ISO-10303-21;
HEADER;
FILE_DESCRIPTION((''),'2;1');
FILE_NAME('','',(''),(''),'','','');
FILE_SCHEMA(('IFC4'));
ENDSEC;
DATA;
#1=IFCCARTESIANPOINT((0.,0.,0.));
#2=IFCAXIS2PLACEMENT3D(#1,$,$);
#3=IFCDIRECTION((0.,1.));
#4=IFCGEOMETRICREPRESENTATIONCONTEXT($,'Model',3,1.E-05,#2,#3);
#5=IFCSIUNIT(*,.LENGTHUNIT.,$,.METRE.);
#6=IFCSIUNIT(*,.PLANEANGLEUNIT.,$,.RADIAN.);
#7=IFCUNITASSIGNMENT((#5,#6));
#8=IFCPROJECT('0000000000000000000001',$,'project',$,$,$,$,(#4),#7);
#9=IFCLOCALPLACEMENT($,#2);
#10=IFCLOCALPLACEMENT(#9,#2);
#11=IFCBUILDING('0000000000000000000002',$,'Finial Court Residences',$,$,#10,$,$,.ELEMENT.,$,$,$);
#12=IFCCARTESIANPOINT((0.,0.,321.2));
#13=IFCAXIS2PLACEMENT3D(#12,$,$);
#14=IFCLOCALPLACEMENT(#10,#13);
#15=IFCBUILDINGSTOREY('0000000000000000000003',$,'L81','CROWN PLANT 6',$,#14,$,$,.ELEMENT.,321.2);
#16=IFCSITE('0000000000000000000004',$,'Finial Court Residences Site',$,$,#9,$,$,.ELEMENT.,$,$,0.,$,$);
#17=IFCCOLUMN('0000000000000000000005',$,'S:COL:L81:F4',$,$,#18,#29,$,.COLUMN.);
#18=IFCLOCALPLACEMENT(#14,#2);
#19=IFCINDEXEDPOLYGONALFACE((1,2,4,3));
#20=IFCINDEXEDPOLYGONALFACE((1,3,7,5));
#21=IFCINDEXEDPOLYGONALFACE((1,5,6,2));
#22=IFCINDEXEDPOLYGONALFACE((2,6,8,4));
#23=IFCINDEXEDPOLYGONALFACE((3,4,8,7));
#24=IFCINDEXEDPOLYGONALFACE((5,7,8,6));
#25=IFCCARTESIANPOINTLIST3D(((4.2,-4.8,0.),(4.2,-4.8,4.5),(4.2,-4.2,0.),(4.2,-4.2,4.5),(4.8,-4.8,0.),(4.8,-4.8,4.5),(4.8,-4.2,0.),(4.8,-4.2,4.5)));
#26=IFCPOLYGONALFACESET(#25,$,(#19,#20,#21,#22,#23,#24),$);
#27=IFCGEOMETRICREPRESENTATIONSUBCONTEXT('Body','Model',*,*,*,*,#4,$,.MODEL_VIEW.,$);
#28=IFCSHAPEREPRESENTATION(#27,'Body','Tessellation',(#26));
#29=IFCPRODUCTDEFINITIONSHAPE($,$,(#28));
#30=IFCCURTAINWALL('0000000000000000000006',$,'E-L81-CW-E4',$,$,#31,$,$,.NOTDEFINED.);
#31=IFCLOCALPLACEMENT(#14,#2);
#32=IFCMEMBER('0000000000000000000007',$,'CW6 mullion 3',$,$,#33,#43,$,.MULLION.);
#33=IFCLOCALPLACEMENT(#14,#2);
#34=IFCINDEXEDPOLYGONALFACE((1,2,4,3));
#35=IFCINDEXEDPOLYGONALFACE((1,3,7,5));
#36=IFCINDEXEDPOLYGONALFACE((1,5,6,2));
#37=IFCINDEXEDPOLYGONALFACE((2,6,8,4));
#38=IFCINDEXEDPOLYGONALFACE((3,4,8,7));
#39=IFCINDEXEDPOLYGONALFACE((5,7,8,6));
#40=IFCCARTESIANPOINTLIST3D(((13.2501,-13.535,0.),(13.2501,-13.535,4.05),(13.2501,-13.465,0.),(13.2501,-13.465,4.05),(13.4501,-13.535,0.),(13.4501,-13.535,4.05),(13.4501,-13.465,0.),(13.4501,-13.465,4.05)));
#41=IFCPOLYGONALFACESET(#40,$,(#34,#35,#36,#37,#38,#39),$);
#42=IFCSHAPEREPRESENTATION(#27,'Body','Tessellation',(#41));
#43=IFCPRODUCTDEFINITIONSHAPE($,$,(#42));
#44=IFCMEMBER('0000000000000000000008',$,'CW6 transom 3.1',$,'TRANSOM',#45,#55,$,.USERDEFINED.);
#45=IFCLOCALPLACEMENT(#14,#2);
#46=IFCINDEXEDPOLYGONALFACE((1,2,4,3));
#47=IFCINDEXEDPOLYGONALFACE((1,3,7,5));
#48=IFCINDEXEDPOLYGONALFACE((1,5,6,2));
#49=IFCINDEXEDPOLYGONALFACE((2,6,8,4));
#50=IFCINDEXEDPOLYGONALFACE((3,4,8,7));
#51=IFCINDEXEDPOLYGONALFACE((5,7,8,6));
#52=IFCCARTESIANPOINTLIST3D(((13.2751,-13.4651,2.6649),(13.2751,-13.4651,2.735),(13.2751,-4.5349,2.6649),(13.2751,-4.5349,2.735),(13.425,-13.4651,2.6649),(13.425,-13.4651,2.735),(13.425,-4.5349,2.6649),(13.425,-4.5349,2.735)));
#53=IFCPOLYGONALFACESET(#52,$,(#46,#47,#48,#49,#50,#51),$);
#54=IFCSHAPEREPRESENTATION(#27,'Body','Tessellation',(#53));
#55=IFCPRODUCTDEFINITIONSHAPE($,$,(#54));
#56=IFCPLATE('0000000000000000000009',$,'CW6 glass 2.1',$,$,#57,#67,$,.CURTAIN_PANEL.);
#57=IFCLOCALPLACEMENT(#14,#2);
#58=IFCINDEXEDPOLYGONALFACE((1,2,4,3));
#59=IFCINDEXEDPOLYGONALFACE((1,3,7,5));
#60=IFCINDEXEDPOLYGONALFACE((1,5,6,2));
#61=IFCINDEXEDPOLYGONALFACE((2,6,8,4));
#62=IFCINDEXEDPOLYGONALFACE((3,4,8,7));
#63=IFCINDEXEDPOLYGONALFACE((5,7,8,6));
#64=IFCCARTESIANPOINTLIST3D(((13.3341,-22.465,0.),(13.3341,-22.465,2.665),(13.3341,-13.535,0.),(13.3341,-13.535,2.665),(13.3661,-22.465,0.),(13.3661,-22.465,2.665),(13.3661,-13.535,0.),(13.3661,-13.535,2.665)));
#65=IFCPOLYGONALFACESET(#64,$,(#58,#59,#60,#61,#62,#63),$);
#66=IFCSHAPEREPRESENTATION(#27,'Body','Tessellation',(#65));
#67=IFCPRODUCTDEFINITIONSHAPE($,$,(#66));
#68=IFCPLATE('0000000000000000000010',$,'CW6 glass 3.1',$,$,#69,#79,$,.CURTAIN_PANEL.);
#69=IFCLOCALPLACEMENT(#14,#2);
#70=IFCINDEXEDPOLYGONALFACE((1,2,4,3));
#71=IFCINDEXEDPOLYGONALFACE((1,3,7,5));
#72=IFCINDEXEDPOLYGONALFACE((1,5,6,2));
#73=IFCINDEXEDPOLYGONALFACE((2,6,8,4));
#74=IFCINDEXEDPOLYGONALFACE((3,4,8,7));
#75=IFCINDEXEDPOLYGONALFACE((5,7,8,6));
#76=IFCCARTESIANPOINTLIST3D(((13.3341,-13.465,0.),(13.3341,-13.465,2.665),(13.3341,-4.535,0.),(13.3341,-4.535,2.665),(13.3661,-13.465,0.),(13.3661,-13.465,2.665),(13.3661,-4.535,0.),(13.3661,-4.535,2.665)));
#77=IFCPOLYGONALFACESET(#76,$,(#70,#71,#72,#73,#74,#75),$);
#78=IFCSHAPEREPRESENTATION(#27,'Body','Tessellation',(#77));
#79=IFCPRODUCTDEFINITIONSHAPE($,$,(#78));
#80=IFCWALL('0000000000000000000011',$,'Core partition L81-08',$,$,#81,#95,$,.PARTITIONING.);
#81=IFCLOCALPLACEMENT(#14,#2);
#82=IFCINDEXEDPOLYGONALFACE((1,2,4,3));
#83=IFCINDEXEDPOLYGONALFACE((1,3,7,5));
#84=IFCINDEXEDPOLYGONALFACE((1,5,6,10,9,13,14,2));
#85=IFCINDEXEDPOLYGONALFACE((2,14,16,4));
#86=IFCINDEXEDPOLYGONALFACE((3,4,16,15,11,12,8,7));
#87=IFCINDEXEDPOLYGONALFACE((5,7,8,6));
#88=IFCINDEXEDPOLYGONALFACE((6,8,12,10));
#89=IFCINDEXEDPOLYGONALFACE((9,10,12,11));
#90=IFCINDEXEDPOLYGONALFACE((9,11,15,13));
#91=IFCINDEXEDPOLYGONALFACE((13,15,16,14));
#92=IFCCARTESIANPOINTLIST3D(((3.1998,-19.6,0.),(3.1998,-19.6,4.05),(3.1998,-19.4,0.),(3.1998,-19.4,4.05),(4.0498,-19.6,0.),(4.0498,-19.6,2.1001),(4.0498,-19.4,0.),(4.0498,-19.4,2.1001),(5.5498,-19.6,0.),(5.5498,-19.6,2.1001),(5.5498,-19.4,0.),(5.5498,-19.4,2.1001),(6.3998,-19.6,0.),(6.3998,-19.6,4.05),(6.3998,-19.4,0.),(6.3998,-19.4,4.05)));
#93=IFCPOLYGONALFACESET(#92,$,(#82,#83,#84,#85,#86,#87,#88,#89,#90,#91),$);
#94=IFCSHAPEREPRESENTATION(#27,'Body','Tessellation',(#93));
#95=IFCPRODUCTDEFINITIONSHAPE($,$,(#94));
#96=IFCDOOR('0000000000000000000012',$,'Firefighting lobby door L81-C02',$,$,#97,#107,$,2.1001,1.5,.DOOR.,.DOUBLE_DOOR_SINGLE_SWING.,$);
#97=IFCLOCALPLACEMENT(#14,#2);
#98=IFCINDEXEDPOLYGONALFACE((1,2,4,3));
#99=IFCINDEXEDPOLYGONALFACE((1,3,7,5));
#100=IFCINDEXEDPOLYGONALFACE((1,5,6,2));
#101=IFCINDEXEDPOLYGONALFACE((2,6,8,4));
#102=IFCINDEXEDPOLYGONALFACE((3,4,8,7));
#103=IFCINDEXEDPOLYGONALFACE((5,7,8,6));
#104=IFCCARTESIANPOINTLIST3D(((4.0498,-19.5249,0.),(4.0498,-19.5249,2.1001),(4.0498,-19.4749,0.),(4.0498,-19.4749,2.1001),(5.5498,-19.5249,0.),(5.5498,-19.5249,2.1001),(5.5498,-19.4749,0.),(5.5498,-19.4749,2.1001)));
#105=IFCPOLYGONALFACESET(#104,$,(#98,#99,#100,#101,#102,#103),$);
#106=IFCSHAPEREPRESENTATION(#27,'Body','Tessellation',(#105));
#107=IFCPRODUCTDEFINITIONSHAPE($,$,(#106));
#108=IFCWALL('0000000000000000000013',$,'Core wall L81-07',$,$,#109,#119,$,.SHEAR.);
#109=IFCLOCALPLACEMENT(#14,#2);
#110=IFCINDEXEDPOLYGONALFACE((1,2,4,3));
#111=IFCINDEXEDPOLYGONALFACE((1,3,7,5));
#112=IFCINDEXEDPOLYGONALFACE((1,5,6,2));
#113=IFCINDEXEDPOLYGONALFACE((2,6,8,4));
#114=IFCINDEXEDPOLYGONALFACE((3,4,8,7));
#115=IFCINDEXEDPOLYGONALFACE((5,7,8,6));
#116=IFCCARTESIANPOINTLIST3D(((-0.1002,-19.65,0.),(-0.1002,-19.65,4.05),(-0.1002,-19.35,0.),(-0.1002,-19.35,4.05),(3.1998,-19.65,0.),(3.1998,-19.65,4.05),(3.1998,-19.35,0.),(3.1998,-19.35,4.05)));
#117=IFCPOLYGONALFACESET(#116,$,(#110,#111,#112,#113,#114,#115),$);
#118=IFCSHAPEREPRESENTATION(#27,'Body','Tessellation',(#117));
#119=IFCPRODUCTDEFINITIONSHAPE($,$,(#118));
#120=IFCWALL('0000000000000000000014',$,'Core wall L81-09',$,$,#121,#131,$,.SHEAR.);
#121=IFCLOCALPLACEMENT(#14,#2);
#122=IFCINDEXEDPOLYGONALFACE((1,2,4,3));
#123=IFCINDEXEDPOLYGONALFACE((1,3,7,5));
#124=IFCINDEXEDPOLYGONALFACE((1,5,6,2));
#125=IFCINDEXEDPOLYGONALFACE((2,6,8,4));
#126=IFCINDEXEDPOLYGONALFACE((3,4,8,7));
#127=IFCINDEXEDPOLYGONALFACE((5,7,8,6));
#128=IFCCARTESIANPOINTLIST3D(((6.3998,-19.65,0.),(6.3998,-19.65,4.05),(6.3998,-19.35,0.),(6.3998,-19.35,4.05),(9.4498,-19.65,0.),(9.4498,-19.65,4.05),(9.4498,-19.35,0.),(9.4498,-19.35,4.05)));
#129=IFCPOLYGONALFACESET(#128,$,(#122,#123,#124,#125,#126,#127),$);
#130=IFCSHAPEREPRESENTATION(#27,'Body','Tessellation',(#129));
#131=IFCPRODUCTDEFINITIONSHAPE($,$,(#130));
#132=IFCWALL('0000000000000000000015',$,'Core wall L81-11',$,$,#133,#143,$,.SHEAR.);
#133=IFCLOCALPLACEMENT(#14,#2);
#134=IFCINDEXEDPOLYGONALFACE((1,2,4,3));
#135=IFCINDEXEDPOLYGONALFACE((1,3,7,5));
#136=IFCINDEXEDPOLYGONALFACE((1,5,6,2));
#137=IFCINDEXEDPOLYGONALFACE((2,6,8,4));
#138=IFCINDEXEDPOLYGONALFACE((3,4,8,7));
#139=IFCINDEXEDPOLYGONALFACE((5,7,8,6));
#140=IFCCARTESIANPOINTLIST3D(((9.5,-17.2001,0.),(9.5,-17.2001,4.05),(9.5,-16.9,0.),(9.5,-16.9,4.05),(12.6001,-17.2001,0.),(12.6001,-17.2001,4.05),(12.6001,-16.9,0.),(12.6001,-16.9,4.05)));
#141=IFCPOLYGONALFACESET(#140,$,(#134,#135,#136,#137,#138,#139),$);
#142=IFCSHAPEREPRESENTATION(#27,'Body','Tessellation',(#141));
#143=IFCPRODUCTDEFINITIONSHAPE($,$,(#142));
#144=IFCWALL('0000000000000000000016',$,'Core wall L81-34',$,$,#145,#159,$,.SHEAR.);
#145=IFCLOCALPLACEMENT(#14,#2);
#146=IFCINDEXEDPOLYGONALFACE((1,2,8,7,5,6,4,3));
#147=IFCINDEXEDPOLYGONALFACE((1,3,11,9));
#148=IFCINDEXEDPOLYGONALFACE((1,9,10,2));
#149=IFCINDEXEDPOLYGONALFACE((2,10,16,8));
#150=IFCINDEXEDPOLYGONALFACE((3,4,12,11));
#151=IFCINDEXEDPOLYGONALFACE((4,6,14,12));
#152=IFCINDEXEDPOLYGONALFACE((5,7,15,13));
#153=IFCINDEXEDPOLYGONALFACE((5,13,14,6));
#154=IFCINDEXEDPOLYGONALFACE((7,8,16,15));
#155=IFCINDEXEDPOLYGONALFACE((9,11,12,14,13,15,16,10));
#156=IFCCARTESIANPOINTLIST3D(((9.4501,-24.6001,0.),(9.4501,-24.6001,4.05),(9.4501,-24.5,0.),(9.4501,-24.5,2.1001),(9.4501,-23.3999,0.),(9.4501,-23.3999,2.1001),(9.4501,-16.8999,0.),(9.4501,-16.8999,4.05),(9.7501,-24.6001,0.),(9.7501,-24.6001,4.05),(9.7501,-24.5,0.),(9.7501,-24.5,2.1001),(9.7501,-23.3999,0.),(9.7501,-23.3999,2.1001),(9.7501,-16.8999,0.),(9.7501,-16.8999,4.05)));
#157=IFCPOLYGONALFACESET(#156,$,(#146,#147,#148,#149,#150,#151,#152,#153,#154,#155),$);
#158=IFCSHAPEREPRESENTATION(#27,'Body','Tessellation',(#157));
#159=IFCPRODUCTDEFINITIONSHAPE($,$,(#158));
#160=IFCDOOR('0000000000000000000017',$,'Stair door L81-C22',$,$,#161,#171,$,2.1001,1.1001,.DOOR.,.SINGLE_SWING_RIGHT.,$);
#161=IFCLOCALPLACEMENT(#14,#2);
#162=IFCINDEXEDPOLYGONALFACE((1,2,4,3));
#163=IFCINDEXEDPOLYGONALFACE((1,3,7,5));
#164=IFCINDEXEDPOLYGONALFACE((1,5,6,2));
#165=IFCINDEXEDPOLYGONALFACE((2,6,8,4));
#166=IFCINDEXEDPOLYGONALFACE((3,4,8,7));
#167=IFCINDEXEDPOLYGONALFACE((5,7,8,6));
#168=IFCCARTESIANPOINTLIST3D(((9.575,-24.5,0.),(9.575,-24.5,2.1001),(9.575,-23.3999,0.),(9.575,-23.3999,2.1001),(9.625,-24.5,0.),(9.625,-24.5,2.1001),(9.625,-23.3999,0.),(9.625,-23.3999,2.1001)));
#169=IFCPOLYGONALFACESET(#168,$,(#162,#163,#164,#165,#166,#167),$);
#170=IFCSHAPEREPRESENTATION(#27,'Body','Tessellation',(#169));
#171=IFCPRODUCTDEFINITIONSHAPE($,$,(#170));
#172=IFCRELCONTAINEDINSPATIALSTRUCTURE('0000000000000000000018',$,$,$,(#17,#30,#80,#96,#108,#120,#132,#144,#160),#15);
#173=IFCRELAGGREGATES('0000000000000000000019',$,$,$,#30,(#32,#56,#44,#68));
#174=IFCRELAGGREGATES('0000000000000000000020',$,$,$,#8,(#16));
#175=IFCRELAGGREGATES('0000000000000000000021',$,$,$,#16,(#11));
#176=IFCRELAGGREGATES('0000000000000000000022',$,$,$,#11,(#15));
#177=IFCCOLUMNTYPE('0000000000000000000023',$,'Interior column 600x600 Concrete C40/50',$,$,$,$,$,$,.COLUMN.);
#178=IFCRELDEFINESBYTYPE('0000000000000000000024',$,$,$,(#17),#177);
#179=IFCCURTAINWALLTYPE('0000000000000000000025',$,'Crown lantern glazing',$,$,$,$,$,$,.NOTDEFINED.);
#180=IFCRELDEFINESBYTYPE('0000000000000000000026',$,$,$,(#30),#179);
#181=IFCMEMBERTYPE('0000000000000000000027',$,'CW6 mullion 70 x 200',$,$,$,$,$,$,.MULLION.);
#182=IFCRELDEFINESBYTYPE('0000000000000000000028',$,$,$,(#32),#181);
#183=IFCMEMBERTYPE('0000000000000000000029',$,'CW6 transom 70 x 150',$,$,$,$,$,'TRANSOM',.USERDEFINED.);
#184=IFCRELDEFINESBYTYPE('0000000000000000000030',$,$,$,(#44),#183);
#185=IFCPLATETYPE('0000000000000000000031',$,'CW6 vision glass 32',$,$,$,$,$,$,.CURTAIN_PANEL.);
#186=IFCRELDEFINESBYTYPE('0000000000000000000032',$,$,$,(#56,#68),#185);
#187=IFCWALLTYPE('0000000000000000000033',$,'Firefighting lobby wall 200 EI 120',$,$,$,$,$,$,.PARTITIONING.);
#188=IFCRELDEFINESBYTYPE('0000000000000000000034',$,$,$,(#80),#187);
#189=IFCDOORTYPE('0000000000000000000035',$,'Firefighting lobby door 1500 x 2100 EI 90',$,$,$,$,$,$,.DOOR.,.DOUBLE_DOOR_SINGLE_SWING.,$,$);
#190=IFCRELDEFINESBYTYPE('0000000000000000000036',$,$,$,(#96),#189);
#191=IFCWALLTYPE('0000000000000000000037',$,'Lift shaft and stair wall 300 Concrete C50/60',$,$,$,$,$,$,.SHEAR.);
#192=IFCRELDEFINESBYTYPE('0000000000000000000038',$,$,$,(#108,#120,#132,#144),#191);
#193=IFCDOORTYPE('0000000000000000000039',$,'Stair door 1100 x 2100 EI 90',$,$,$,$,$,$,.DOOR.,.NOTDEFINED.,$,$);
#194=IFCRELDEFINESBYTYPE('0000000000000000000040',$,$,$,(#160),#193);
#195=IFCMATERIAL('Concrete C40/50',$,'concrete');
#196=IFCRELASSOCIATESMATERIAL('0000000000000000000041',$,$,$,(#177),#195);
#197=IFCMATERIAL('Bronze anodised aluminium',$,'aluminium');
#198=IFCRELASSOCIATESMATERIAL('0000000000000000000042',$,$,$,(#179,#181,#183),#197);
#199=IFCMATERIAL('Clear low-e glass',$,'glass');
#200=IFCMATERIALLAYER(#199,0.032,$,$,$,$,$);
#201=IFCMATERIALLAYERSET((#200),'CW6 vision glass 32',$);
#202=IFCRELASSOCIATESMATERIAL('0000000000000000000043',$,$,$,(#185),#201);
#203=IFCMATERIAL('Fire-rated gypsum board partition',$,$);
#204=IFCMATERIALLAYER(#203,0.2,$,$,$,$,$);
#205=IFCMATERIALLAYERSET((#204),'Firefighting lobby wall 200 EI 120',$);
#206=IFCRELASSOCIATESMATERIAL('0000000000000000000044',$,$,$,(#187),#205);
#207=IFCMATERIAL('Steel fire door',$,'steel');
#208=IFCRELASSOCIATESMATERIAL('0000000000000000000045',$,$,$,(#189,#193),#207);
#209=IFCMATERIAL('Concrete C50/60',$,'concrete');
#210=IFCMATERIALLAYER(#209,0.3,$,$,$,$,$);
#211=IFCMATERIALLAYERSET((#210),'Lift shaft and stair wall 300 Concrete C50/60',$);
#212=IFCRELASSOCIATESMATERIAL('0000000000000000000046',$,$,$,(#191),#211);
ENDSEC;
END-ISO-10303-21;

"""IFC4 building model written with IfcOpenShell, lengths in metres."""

from ifc_helpers import new_model, si_unit, direction, frame, frame_2d, origin, origin_2d, place, context, subcontext, project, spatial, rectangle, extrude, material, layer, layer_set, material_profile, profile_set, type_object, element, fill, aggregate, save


model = new_model("IFC4")

# Units and contexts
model_context = context("Model", 3, precision=1e-05, world=origin(), true_north=direction((0.0, 1.0)))
body_context = subcontext(model_context, "Body", "Model", "MODEL_VIEW")
ifc_project = project(units=[si_unit("LENGTHUNIT", "METRE"), si_unit("PLANEANGLEUNIT", "RADIAN")], contexts=[model_context])

# Site, building, storey
site_placement = place(None, origin())
site = spatial("IfcSite", under=ifc_project, at=site_placement, Name="Finial Court Residences Site", CompositionType="ELEMENT", RefElevation=0.0)
building_placement = place(site_placement, origin())
building = spatial("IfcBuilding", under=site, at=building_placement, Name="Finial Court Residences", CompositionType="ELEMENT")
storey_placement = place(building_placement, frame((0.0, 0.0, 321.2)))
storey = spatial("IfcBuildingStorey", under=building, at=storey_placement, Name="L81", Description="CROWN PLANT 6", CompositionType="ELEMENT", Elevation=321.2)

# Column
ifc_material_1 = material(Name="Concrete C40/50", Category="concrete")
ifc_material_profile_1 = material_profile(ifc_material_1, rectangle(XDim=0.6001, YDim=0.6001, at=origin_2d()), Name="600x600")
ifc_profile_set_1 = profile_set([ifc_material_profile_1], Name="Concrete C40/50")
column_type = type_object("IfcColumnType", Name="Interior column 600x600 Concrete C40/50", PredefinedType="COLUMN", material=ifc_profile_set_1)
column_placement = place(storey_placement, frame((4.5, -4.5, 0.0), z_axis=(0.0, 0.0, 1.0), x_axis=(1.0, 0.0, 0.0)))
element("IfcColumn", 1, at=column_placement, inside=storey, type_object=column_type, Name="S:COL:L81:F4", PredefinedType="COLUMN", context=body_context, shape_type="SweptSolid", body=[
    extrude(rectangle(XDim=0.6001, YDim=0.6001, at=origin_2d()), origin(), (0.0, 0.0, 1.0), 4.5),
])

# Curtain wall, members, plates
ifc_material_2 = material(Name="Bronze anodised aluminium", Category="aluminium")
curtain_wall_type = type_object("IfcCurtainWallType", Name="Crown lantern glazing", PredefinedType="NOTDEFINED", material=ifc_material_2)
curtain_wall_placement = place(storey_placement, origin())
curtain_wall = element("IfcCurtainWall", 2, at=curtain_wall_placement, inside=storey, type_object=curtain_wall_type, Name="E-L81-CW-E4", PredefinedType="NOTDEFINED")
ifc_material_profile_2 = material_profile(ifc_material_2, rectangle(XDim=0.2, YDim=0.0701, at=origin_2d()), Name="CW6 mullion 70 x 200")
ifc_profile_set_2 = profile_set([ifc_material_profile_2], Name="Bronze anodised aluminium")
member_type_1 = type_object("IfcMemberType", Name="CW6 mullion 70 x 200", PredefinedType="MULLION", material=ifc_profile_set_2)
member_1_placement = place(storey_placement, frame((13.3501, -13.5, 0.0), z_axis=(0.0, 0.0, 1.0), x_axis=(-1.0, 0.0, 0.0)))
member_1 = element("IfcMember", 3, at=member_1_placement, type_object=member_type_1, Name="CW6 mullion 3", PredefinedType="MULLION", context=body_context, shape_type="SweptSolid", body=[
    extrude(rectangle(XDim=0.2, YDim=0.0701, at=origin_2d()), origin(), (0.0, 0.0, 1.0), 4.05),
])
ifc_material_profile_3 = material_profile(ifc_material_2, rectangle(XDim=0.1499, YDim=0.0701, at=origin_2d()), Name="CW6 transom 70 x 150")
ifc_profile_set_3 = profile_set([ifc_material_profile_3], Name="Bronze anodised aluminium")
member_type_2 = type_object("IfcMemberType", Name="CW6 transom 70 x 150", ElementType="TRANSOM", PredefinedType="USERDEFINED", material=ifc_profile_set_3)
member_2_placement = place(storey_placement, frame((13.3501, -13.4651, 2.7), z_axis=(0.0, 1.0, 0.0), x_axis=(-1.0, 0.0, 0.0)))
member_2 = element("IfcMember", 4, at=member_2_placement, type_object=member_type_2, Name="CW6 transom 3.1", ObjectType="TRANSOM", PredefinedType="USERDEFINED", context=body_context, shape_type="SweptSolid", body=[
    extrude(rectangle(XDim=0.1499, YDim=0.0701, at=origin_2d()), origin(), (0.0, 0.0, 1.0), 8.9302),
])
ifc_material_3 = material(Name="Clear low-e glass", Category="glass")
ifc_layer_1 = layer(ifc_material_3, 0.032)
ifc_layer_set_1 = layer_set([ifc_layer_1], Name="CW6 vision glass 32")
plate_type = type_object("IfcPlateType", Name="CW6 vision glass 32", PredefinedType="CURTAIN_PANEL", material=ifc_layer_set_1)
plate_1_placement = place(storey_placement, frame((13.3501, -18.0, 0.0), z_axis=(0.0, 0.0, 1.0), x_axis=(0.0, 1.0, 0.0)))
plate_1 = element("IfcPlate", 5, at=plate_1_placement, type_object=plate_type, Name="CW6 glass 2.1", PredefinedType="CURTAIN_PANEL", context=body_context, shape_type="SweptSolid", body=[
    extrude(rectangle(XDim=8.9299, YDim=0.032, at=origin_2d()), origin(), (0.0, 0.0, 1.0), 2.665),
])
plate_2_placement = place(storey_placement, frame((13.3501, -9.0, 0.0), z_axis=(0.0, 0.0, 1.0), x_axis=(0.0, 1.0, 0.0)))
plate_2 = element("IfcPlate", 6, at=plate_2_placement, type_object=plate_type, Name="CW6 glass 3.1", PredefinedType="CURTAIN_PANEL", context=body_context, shape_type="SweptSolid", body=[
    extrude(rectangle(XDim=8.9299, YDim=0.032, at=origin_2d()), origin(), (0.0, 0.0, 1.0), 2.665),
])

# Wall, opening, door
ifc_material_4 = material(Name="Fire-rated gypsum board partition")
ifc_layer_2 = layer(ifc_material_4, 0.2)
ifc_layer_set_2 = layer_set([ifc_layer_2], Name="Firefighting lobby wall 200 EI 120")
wall_type_1 = type_object("IfcWallType", Name="Firefighting lobby wall 200 EI 120", PredefinedType="PARTITIONING", material=ifc_layer_set_2)
wall_1_placement = place(storey_placement, frame((6.3999, -19.5, 0.0), z_axis=(0.0, 0.0, 1.0), x_axis=(-1.0, 0.0, 0.0)))
wall_1 = element("IfcWall", 7, at=wall_1_placement, inside=storey, type_object=wall_type_1, Name="Core partition L81-08", PredefinedType="PARTITIONING", context=body_context, shape_type="SweptSolid", body=[
    extrude(rectangle(XDim=3.2, YDim=0.2, at=frame_2d((1.6001, 0.0))), origin(), (0.0, 0.0, 1.0), 4.05),
])
opening_1_placement = place(wall_1_placement, frame((0.8501, 0.0, 0.0)))
opening_1 = element("IfcOpeningElement", 8, at=opening_1_placement, cuts=wall_1, PredefinedType="OPENING", context=body_context, shape_type="SweptSolid", body=[
    extrude(rectangle(XDim=1.5, YDim=2.1001, at=frame_2d((0.75, 1.05))), frame((0.0, 0.1099, 0.0), z_axis=(0.0, -1.0, 0.0), x_axis=(1.0, 0.0, 0.0)), (0.0, 0.0, 1.0), 0.22),
])
ifc_material_5 = material(Name="Steel fire door", Category="steel")
door_type_1 = type_object("IfcDoorType", Name="Firefighting lobby door 1500 x 2100 EI 90", OperationType="DOUBLE_DOOR_SINGLE_SWING", PredefinedType="DOOR", material=ifc_material_5)
door_1_placement = place(opening_1_placement, origin())
door_1 = element("IfcDoor", 9, at=door_1_placement, inside=storey, type_object=door_type_1, Name="Firefighting lobby door L81-C02", OperationType="DOUBLE_DOOR_SINGLE_SWING", OverallHeight=2.1001, OverallWidth=1.5, PredefinedType="DOOR", context=body_context, shape_type="SweptSolid", body=[
    extrude(rectangle(XDim=1.5, YDim=2.1001, at=frame_2d((0.75, 1.05))), frame((0.0, 0.0249, 0.0), z_axis=(0.0, -1.0, 0.0), x_axis=(1.0, 0.0, 0.0)), (0.0, 0.0, 1.0), 0.05),
])
fill(opening_1, door_1)

# Walls
ifc_material_6 = material(Name="Concrete C50/60", Category="concrete")
ifc_layer_3 = layer(ifc_material_6, 0.3)
ifc_layer_set_3 = layer_set([ifc_layer_3], Name="Lift shaft and stair wall 300 Concrete C50/60")
wall_type_2 = type_object("IfcWallType", Name="Lift shaft and stair wall 300 Concrete C50/60", PredefinedType="SHEAR", material=ifc_layer_set_3)
wall_2_placement = place(storey_placement, frame((-0.1001, -19.5, 0.0), z_axis=(0.0, 0.0, 1.0), x_axis=(1.0, 0.0, 0.0)))
element("IfcWall", 10, at=wall_2_placement, inside=storey, type_object=wall_type_2, Name="Core wall L81-07", PredefinedType="SHEAR", context=body_context, shape_type="SweptSolid", body=[
    extrude(rectangle(XDim=3.3, YDim=0.3, at=frame_2d((1.6499, 0.0))), origin(), (0.0, 0.0, 1.0), 4.05),
])
wall_3_placement = place(storey_placement, frame((6.3999, -19.5, 0.0), z_axis=(0.0, 0.0, 1.0), x_axis=(1.0, 0.0, 0.0)))
element("IfcWall", 11, at=wall_3_placement, inside=storey, type_object=wall_type_2, Name="Core wall L81-09", PredefinedType="SHEAR", context=body_context, shape_type="SweptSolid", body=[
    extrude(rectangle(XDim=3.05, YDim=0.3, at=frame_2d((1.5249, 0.0))), origin(), (0.0, 0.0, 1.0), 4.05),
])
wall_4_placement = place(storey_placement, frame((9.5, -17.05, 0.0), z_axis=(0.0, 0.0, 1.0), x_axis=(1.0, 0.0, 0.0)))
element("IfcWall", 12, at=wall_4_placement, inside=storey, type_object=wall_type_2, Name="Core wall L81-11", PredefinedType="SHEAR", context=body_context, shape_type="SweptSolid", body=[
    extrude(rectangle(XDim=3.1001, YDim=0.3, at=frame_2d((1.55, 0.0))), origin(), (0.0, 0.0, 1.0), 4.05),
])

# Wall, opening, door
wall_5_placement = place(storey_placement, frame((9.6001, -16.8999, 0.0), z_axis=(0.0, 0.0, 1.0), x_axis=(0.0, -1.0, 0.0)))
wall_5 = element("IfcWall", 13, at=wall_5_placement, inside=storey, type_object=wall_type_2, Name="Core wall L81-34", PredefinedType="SHEAR", context=body_context, shape_type="SweptSolid", body=[
    extrude(rectangle(XDim=7.7002, YDim=0.3, at=frame_2d((3.8501, 0.0))), origin(), (0.0, 0.0, 1.0), 4.05),
])
opening_2_placement = place(wall_5_placement, frame((6.5, 0.0, 0.0)))
opening_2 = element("IfcOpeningElement", 14, at=opening_2_placement, cuts=wall_5, PredefinedType="OPENING", context=body_context, shape_type="SweptSolid", body=[
    extrude(rectangle(XDim=1.1001, YDim=2.1001, at=frame_2d((0.55, 1.05))), frame((0.0, 0.1599, 0.0), z_axis=(0.0, -1.0, 0.0), x_axis=(1.0, 0.0, 0.0)), (0.0, 0.0, 1.0), 0.3201),
])
door_type_2 = type_object("IfcDoorType", Name="Stair door 1100 x 2100 EI 90", OperationType="NOTDEFINED", PredefinedType="DOOR", material=ifc_material_5)
door_2_placement = place(opening_2_placement, origin())
door_2 = element("IfcDoor", 15, at=door_2_placement, inside=storey, type_object=door_type_2, Name="Stair door L81-C22", OperationType="SINGLE_SWING_RIGHT", OverallHeight=2.1001, OverallWidth=1.1001, PredefinedType="DOOR", context=body_context, shape_type="SweptSolid", body=[
    extrude(rectangle(XDim=1.1001, YDim=2.1001, at=frame_2d((0.55, 1.05))), frame((0.0, 0.0249, 0.0), z_axis=(0.0, -1.0, 0.0), x_axis=(1.0, 0.0, 0.0)), (0.0, 0.0, 1.0), 0.05),
])
fill(opening_2, door_2)

aggregate(curtain_wall, [member_1, plate_1, member_2, plate_2])

save(model, "model.ifc")
